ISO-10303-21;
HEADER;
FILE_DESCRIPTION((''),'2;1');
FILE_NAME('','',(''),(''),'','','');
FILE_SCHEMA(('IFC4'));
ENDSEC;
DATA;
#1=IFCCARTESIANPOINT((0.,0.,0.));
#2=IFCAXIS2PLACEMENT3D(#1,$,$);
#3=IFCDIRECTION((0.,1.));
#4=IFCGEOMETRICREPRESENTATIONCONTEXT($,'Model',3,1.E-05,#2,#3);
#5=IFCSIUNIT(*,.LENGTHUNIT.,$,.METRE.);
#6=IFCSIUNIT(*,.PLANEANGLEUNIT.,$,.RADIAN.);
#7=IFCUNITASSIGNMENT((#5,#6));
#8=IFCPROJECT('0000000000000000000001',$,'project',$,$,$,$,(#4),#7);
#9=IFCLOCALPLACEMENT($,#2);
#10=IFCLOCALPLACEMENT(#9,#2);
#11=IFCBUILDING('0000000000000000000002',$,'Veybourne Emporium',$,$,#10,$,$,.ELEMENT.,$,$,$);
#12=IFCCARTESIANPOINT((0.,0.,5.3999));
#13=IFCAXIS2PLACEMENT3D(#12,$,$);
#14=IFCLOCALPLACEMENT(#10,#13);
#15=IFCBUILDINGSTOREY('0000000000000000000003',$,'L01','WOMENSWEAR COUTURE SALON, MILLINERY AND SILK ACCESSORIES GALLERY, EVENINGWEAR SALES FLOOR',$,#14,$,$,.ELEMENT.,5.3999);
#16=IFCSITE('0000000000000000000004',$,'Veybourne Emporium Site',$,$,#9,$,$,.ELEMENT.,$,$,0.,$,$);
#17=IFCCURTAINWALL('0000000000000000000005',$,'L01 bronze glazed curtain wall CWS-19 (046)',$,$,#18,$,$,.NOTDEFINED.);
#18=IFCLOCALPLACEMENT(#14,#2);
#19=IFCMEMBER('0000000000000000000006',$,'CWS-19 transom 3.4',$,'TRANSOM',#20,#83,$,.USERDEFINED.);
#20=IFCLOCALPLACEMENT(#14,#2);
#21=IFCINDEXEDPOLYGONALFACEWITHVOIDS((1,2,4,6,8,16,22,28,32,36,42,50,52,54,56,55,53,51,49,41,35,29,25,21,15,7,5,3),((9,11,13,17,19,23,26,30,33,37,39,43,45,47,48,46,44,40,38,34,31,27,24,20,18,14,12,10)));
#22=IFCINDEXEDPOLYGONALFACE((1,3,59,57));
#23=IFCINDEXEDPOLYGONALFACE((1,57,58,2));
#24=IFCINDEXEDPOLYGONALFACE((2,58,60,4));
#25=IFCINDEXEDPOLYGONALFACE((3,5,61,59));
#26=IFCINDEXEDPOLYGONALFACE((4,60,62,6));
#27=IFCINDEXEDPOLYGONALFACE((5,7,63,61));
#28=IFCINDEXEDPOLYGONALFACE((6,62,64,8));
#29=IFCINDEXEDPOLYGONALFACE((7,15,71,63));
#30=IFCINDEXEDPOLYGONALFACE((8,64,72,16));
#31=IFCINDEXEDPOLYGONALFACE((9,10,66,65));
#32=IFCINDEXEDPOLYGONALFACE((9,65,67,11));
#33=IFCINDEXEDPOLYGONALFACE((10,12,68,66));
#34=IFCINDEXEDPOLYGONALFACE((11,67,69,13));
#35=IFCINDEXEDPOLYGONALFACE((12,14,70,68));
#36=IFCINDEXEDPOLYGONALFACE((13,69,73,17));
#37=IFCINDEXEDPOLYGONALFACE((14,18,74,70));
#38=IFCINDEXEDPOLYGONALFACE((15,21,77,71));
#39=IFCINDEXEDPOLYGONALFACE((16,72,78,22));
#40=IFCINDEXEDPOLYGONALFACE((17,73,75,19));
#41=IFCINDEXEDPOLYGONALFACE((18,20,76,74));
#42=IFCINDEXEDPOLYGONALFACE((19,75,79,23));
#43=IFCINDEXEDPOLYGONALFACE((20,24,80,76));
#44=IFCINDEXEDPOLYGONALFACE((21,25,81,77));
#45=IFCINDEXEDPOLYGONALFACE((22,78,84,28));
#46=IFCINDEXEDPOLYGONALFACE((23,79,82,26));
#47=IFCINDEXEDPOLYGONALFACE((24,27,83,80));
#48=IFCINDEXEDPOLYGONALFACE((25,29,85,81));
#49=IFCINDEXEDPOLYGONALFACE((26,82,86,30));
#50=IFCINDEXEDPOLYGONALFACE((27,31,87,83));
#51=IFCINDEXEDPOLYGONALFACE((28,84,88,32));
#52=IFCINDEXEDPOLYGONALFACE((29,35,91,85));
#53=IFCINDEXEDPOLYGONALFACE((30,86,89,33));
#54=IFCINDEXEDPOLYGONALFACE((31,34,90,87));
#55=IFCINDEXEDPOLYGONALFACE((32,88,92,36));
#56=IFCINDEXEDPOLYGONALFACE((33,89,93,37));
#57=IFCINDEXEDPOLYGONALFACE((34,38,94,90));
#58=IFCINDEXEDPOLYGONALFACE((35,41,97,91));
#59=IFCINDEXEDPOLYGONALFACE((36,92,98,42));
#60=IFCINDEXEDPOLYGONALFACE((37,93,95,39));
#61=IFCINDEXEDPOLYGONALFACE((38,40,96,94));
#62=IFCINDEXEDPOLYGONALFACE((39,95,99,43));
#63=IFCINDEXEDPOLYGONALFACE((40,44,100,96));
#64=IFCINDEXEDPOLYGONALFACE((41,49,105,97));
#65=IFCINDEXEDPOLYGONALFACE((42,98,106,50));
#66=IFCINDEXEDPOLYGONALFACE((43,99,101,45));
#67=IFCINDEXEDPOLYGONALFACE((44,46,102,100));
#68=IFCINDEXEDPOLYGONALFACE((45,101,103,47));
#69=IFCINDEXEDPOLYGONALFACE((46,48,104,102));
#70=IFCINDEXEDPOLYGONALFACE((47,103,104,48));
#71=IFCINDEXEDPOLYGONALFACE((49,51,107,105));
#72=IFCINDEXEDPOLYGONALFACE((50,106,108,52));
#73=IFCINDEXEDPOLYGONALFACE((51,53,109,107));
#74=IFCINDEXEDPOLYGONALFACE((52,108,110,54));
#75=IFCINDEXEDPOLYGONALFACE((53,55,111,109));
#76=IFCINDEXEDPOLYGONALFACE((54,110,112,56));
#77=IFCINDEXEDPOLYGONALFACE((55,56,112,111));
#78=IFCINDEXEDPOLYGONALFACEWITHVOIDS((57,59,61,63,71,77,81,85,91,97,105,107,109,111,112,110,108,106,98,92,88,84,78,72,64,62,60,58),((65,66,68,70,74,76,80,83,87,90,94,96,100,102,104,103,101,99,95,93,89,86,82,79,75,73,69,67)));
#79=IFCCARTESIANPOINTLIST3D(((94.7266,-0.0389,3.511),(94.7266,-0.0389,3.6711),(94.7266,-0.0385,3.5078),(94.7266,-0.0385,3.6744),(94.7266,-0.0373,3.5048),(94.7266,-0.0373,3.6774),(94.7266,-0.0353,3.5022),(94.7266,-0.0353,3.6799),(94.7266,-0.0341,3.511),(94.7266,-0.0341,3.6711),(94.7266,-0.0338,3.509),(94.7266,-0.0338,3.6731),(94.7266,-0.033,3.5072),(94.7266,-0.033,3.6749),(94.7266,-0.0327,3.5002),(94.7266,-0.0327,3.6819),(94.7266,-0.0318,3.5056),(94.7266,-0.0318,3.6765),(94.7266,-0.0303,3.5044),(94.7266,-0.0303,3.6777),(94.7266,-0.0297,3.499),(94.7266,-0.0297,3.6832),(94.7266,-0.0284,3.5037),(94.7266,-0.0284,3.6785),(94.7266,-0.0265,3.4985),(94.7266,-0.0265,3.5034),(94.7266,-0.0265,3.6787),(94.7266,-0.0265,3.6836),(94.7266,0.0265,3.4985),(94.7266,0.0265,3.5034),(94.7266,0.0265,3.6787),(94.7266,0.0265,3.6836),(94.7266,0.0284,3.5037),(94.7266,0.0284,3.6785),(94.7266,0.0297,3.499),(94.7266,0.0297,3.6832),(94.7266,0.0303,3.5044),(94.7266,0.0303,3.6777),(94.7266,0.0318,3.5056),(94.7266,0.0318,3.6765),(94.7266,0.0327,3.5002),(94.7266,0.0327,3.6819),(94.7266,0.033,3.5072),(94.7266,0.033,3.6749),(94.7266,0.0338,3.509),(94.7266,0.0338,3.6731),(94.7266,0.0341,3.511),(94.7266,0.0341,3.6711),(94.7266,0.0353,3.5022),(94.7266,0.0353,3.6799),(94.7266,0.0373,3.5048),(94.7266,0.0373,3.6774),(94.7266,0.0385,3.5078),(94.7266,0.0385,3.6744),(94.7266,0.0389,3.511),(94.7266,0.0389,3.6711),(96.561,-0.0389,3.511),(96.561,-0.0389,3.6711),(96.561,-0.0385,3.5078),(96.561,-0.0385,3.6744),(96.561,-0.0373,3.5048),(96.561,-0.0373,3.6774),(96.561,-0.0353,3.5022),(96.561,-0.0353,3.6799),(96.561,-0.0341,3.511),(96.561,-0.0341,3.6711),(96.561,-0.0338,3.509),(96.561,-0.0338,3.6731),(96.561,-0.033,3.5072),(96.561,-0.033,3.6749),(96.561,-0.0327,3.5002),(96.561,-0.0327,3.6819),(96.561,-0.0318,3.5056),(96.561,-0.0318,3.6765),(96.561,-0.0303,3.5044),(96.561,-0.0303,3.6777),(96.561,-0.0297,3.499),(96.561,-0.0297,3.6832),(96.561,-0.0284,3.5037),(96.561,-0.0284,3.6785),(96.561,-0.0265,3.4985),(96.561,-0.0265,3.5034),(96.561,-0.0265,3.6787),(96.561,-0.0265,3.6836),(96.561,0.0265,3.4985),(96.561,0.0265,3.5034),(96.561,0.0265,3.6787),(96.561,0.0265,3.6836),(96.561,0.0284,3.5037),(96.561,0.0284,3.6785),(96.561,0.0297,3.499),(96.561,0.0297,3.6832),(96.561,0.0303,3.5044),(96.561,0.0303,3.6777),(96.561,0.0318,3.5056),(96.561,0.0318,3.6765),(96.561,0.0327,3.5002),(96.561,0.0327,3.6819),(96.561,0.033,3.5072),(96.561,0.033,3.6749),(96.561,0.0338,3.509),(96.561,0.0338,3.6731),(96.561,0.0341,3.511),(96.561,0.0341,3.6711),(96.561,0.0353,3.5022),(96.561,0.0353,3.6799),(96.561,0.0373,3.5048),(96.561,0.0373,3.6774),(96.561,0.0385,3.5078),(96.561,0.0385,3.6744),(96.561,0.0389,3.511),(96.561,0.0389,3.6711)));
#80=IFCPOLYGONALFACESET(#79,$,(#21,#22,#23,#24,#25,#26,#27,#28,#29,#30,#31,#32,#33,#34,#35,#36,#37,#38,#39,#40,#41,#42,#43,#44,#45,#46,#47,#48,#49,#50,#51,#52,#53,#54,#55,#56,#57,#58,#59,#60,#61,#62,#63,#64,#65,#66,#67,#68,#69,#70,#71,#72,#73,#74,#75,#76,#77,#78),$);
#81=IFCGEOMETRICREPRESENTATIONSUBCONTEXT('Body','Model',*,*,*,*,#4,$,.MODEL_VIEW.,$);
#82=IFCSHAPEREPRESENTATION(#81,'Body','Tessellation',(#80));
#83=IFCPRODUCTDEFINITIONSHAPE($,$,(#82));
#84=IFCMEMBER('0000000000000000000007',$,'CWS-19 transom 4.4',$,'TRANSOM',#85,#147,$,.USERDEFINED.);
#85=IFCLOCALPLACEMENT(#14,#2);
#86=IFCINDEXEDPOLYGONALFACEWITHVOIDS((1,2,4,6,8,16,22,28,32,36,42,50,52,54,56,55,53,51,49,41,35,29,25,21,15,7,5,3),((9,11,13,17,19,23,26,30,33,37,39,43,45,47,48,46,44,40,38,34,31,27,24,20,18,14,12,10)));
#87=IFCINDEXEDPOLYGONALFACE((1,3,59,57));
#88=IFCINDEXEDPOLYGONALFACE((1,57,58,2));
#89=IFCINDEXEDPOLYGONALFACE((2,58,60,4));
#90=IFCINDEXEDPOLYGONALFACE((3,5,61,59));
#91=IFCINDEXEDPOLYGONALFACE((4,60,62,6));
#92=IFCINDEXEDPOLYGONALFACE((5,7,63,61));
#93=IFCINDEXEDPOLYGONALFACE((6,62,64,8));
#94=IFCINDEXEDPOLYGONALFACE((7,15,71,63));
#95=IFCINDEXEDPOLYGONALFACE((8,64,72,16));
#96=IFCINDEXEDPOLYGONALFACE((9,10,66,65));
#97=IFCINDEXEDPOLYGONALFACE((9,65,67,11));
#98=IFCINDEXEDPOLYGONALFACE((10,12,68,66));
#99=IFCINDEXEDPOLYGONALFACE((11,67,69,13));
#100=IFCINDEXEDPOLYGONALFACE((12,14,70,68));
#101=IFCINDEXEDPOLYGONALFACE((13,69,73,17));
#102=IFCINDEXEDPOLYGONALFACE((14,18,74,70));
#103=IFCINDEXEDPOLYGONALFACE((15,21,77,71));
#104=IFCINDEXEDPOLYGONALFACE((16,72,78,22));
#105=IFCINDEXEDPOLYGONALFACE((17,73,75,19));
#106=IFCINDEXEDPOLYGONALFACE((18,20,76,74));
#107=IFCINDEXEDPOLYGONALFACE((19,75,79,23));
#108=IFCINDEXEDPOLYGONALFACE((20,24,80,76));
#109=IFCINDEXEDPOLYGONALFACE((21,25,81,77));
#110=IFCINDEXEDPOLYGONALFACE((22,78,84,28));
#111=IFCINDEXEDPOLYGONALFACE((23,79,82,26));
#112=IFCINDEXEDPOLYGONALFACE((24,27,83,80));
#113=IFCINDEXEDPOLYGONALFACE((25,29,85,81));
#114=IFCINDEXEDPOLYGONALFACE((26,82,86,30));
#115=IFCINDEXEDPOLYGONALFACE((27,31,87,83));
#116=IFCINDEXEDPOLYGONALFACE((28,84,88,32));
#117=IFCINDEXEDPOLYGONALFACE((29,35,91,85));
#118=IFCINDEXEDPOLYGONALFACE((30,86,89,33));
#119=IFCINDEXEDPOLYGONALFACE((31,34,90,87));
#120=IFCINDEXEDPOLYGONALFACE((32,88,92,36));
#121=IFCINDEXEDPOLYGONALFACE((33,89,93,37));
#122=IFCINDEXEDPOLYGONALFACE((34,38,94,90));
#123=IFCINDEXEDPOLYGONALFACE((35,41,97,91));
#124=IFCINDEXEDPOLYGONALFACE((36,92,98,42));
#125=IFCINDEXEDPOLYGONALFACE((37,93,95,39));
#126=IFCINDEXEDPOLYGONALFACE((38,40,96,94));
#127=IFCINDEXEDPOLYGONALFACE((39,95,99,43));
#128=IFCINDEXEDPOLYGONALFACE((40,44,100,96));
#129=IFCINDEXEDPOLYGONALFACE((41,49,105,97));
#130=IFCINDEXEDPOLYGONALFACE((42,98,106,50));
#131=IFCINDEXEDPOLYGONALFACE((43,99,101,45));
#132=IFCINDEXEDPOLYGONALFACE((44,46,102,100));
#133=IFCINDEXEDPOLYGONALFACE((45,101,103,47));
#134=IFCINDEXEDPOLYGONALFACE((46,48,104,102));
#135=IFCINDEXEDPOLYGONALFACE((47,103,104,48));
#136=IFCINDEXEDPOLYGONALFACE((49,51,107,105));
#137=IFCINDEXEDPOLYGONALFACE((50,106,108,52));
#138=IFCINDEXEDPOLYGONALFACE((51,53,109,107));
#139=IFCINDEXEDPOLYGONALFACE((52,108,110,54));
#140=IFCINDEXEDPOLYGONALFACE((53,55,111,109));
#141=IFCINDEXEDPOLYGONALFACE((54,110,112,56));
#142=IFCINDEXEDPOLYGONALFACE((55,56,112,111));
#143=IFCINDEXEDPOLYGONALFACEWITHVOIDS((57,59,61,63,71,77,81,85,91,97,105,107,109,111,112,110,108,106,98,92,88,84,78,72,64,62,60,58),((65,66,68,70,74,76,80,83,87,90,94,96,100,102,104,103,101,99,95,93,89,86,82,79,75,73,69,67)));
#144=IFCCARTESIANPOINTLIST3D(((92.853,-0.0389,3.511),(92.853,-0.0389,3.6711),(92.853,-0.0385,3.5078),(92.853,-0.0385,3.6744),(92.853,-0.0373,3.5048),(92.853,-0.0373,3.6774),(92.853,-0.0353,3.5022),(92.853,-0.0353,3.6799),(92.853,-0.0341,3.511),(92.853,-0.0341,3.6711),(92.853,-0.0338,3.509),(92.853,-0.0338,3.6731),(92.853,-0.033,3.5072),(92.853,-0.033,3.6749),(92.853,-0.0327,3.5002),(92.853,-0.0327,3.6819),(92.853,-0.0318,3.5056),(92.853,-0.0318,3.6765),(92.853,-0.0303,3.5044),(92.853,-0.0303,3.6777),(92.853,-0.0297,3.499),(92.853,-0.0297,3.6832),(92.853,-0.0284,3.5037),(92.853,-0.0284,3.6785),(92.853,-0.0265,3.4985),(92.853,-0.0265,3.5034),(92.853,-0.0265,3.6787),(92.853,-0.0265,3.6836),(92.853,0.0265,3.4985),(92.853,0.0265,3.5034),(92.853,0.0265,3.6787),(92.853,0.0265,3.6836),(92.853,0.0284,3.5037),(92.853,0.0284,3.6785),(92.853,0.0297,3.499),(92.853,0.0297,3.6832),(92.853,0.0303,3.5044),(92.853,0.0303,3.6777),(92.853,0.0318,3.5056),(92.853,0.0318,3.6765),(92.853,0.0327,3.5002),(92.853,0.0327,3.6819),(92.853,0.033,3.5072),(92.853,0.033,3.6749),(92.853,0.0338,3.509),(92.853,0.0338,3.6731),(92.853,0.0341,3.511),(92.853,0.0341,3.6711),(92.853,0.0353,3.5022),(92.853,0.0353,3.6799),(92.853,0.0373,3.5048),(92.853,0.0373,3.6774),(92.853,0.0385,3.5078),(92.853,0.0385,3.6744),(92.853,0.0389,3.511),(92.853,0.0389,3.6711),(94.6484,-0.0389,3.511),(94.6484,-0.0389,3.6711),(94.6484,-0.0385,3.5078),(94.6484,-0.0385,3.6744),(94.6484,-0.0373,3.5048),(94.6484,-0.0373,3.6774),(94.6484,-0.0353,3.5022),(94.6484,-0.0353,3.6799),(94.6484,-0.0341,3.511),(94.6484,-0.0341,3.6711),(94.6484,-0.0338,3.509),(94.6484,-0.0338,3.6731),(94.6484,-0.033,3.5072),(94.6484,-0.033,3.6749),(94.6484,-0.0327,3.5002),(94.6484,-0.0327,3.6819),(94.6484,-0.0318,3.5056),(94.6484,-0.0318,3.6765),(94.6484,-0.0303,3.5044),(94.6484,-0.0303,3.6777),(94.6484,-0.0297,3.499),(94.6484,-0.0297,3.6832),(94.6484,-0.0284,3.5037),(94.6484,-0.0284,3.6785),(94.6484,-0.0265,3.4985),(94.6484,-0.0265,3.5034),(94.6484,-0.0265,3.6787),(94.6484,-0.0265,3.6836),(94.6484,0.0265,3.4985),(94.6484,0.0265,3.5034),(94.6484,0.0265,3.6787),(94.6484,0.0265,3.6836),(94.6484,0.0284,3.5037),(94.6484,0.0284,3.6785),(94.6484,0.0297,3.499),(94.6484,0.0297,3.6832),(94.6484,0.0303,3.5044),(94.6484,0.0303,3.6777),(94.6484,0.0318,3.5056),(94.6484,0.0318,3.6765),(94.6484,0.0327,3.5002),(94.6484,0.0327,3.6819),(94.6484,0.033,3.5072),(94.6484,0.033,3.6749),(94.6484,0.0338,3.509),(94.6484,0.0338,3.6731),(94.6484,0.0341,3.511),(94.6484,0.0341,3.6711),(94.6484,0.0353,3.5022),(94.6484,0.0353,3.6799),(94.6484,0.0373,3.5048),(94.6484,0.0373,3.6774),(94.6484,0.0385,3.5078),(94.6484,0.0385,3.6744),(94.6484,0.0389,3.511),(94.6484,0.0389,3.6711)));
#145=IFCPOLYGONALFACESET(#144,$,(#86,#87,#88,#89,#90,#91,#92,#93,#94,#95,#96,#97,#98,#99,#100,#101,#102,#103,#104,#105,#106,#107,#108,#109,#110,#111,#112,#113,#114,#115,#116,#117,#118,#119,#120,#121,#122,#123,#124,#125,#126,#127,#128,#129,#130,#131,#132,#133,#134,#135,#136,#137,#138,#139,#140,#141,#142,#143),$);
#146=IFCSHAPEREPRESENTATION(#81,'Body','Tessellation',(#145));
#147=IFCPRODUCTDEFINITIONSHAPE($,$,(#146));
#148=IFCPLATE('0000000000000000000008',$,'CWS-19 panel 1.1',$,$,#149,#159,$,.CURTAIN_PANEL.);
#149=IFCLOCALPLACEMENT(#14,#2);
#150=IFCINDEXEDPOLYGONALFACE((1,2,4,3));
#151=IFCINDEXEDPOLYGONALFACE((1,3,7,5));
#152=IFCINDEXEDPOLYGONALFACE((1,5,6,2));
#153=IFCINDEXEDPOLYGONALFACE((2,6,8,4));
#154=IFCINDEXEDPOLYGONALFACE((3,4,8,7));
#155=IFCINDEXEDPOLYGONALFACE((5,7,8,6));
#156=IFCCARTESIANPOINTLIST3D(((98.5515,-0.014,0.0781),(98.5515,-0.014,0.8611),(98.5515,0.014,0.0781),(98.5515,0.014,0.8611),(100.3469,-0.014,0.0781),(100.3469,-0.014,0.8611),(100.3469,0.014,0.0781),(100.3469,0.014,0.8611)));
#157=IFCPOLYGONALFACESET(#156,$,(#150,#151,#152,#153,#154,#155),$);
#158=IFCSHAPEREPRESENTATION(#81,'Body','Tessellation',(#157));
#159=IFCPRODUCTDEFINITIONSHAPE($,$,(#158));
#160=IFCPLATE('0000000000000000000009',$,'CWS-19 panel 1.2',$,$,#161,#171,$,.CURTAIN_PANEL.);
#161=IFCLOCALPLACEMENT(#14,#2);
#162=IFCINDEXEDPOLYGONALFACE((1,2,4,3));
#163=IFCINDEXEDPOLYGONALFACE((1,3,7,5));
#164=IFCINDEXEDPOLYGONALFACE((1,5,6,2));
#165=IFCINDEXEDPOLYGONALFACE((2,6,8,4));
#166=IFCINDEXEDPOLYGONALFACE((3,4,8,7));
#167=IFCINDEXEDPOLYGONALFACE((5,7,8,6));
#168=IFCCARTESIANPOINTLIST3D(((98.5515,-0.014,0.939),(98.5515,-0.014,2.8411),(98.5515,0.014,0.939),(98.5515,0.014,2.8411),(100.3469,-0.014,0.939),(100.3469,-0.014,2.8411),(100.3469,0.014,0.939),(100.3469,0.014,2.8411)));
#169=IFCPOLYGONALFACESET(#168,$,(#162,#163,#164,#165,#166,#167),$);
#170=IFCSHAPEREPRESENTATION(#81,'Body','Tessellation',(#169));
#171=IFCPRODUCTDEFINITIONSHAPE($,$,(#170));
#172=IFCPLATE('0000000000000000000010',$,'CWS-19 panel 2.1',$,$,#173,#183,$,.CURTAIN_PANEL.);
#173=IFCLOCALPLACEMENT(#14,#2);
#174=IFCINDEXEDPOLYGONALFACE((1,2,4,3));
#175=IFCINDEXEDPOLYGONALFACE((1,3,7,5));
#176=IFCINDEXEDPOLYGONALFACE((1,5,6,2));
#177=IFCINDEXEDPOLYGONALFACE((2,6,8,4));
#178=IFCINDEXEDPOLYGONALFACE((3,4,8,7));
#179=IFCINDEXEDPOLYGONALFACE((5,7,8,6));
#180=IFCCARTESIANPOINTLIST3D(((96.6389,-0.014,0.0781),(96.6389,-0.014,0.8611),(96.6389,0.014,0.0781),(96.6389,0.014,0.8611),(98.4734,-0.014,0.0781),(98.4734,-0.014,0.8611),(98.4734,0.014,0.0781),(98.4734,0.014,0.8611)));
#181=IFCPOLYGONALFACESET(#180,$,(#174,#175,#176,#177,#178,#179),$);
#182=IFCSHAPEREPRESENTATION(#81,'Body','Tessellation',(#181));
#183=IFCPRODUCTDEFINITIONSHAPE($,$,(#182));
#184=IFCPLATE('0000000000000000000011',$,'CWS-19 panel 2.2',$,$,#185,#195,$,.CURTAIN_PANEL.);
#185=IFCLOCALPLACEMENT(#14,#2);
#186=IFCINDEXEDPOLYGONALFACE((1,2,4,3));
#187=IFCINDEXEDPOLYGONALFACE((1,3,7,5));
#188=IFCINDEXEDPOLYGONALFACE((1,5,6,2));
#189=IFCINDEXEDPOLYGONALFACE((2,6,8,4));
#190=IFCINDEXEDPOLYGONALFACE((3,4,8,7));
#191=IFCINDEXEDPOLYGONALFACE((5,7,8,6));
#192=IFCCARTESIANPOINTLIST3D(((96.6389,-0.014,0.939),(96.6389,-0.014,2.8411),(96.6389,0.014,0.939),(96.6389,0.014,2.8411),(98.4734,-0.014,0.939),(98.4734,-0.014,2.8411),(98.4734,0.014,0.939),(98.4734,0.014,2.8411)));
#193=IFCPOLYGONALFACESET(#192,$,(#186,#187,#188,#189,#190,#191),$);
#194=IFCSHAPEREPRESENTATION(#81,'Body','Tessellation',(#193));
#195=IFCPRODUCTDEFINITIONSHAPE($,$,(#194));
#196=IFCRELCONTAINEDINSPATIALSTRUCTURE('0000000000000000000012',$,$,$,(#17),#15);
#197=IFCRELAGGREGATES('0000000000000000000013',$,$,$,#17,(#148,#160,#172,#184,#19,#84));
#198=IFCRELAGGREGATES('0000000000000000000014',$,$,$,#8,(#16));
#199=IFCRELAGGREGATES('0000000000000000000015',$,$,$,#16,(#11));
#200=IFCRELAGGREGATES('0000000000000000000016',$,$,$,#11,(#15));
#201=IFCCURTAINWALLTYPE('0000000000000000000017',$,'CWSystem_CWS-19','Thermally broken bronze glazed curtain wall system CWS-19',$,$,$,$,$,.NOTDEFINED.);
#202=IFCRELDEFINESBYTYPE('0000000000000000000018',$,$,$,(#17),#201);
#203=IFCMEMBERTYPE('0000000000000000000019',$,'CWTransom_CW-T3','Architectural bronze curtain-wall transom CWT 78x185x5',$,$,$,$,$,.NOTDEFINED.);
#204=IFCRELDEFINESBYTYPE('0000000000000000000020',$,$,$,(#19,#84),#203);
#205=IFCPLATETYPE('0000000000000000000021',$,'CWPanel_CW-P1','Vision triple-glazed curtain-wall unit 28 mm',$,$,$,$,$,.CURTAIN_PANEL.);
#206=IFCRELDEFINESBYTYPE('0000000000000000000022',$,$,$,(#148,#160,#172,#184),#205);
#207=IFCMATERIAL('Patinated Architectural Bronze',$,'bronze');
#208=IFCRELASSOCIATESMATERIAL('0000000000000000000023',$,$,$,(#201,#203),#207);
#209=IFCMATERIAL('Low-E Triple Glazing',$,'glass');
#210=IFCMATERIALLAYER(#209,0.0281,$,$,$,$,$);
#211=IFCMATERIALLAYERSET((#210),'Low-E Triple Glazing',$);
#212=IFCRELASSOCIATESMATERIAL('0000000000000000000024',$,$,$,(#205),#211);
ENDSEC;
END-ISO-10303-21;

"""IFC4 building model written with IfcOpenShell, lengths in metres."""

from ifc_helpers import new_model, si_unit, direction, frame, origin, origin_2d, place, context, subcontext, project, spatial, rectangle, hollow_rectangle, extrude, material, layer, layer_set, material_profile, profile_set, type_object, element, aggregate, save


model = new_model("IFC4")

# Units and contexts
model_context = context("Model", 3, precision=1e-05, world=origin(), true_north=direction((0.0, 1.0)))
body_context = subcontext(model_context, "Body", "Model", "MODEL_VIEW")
ifc_project = project(units=[si_unit("LENGTHUNIT", "METRE"), si_unit("PLANEANGLEUNIT", "RADIAN")], contexts=[model_context])

# Site, building, storey
site_placement = place(None, origin())
site = spatial("IfcSite", under=ifc_project, at=site_placement, Name="Veybourne Emporium Site", CompositionType="ELEMENT", RefElevation=0.0)
building_placement = place(site_placement, origin())
building = spatial("IfcBuilding", under=site, at=building_placement, Name="Veybourne Emporium", CompositionType="ELEMENT")
storey_placement = place(building_placement, frame((0.0, 0.0, 5.3999)))
storey = spatial("IfcBuildingStorey", under=building, at=storey_placement, Name="L01", Description="WOMENSWEAR COUTURE SALON, MILLINERY AND SILK ACCESSORIES GALLERY, EVENINGWEAR SALES FLOOR", CompositionType="ELEMENT", Elevation=5.3999)

# Curtain wall, members, plates
ifc_material_1 = material(Name="Patinated Architectural Bronze", Category="bronze")
curtain_wall_type = type_object("IfcCurtainWallType", Name="CWSystem_CWS-19", Description="Thermally broken bronze glazed curtain wall system CWS-19", PredefinedType="NOTDEFINED", material=ifc_material_1)
curtain_wall_placement = place(storey_placement, origin())
curtain_wall = element("IfcCurtainWall", 1, at=curtain_wall_placement, inside=storey, type_object=curtain_wall_type, Name="L01 bronze glazed curtain wall CWS-19 (046)", PredefinedType="NOTDEFINED")
ifc_material_profile_1 = material_profile(ifc_material_1, hollow_rectangle(XDim=0.0779, YDim=0.1851, WallThickness=0.0049, InnerFilletRadius=0.0076, OuterFilletRadius=0.0125, at=origin_2d()), Name="CWT 78x185x5")
ifc_profile_set_1 = profile_set([ifc_material_profile_1], Name="Patinated Architectural Bronze")
member_type_1 = type_object("IfcMemberType", Name="CWTransom_CW-T3", Description="Architectural bronze curtain-wall transom CWT 78x185x5", PredefinedType="NOTDEFINED", material=ifc_profile_set_1)
member_1_placement = place(storey_placement, frame((96.561, 0.0, 3.5911), z_axis=(-1.0, 0.0, 0.0), x_axis=(0.0, -1.0, 0.0)))
member_1 = element("IfcMember", 2, at=member_1_placement, type_object=member_type_1, Name="CWS-19 transom 3.4", ObjectType="TRANSOM", PredefinedType="USERDEFINED", context=body_context, shape_type="SweptSolid", body=[
    extrude(hollow_rectangle(XDim=0.0779, YDim=0.1851, WallThickness=0.0049, InnerFilletRadius=0.0076, OuterFilletRadius=0.0125, at=origin_2d()), origin(), (0.0, 0.0, 1.0), 1.8345),
])
member_2_placement = place(storey_placement, frame((94.6484, 0.0, 3.5911), z_axis=(-1.0, 0.0, 0.0), x_axis=(0.0, -1.0, 0.0)))
member_2 = element("IfcMember", 3, at=member_2_placement, type_object=member_type_1, Name="CWS-19 transom 4.4", ObjectType="TRANSOM", PredefinedType="USERDEFINED", context=body_context, shape_type="SweptSolid", body=[
    extrude(hollow_rectangle(XDim=0.0779, YDim=0.1851, WallThickness=0.0049, InnerFilletRadius=0.0076, OuterFilletRadius=0.0125, at=origin_2d()), origin(), (0.0, 0.0, 1.0), 1.7954),
])
ifc_material_2 = material(Name="Low-E Triple Glazing", Category="glass")
ifc_layer_1 = layer(ifc_material_2, 0.0281)
ifc_layer_set_1 = layer_set([ifc_layer_1], Name="Low-E Triple Glazing")
plate_type = type_object("IfcPlateType", Name="CWPanel_CW-P1", Description="Vision triple-glazed curtain-wall unit 28 mm", PredefinedType="CURTAIN_PANEL", material=ifc_layer_set_1)
plate_1_placement = place(storey_placement, frame((99.4492, 0.0, 0.0781), z_axis=(0.0, 0.0, 1.0), x_axis=(-1.0, 0.0, 0.0)))
plate_1 = element("IfcPlate", 4, at=plate_1_placement, type_object=plate_type, Name="CWS-19 panel 1.1", PredefinedType="CURTAIN_PANEL", context=body_context, shape_type="SweptSolid", body=[
    extrude(rectangle(XDim=1.7954, YDim=0.0281, at=origin_2d()), origin(), (0.0, 0.0, 1.0), 0.783),
])
plate_2_placement = place(storey_placement, frame((99.4492, 0.0, 0.939), z_axis=(0.0, 0.0, 1.0), x_axis=(-1.0, 0.0, 0.0)))
plate_2 = element("IfcPlate", 5, at=plate_2_placement, type_object=plate_type, Name="CWS-19 panel 1.2", PredefinedType="CURTAIN_PANEL", context=body_context, shape_type="SweptSolid", body=[
    extrude(rectangle(XDim=1.7954, YDim=0.0281, at=origin_2d()), origin(), (0.0, 0.0, 1.0), 1.9021),
])
plate_3_placement = place(storey_placement, frame((97.5562, 0.0, 0.0781), z_axis=(0.0, 0.0, 1.0), x_axis=(-1.0, 0.0, 0.0)))
plate_3 = element("IfcPlate", 6, at=plate_3_placement, type_object=plate_type, Name="CWS-19 panel 2.1", PredefinedType="CURTAIN_PANEL", context=body_context, shape_type="SweptSolid", body=[
    extrude(rectangle(XDim=1.8345, YDim=0.0281, at=origin_2d()), origin(), (0.0, 0.0, 1.0), 0.783),
])
plate_4_placement = place(storey_placement, frame((97.5562, 0.0, 0.939), z_axis=(0.0, 0.0, 1.0), x_axis=(-1.0, 0.0, 0.0)))
plate_4 = element("IfcPlate", 7, at=plate_4_placement, type_object=plate_type, Name="CWS-19 panel 2.2", PredefinedType="CURTAIN_PANEL", context=body_context, shape_type="SweptSolid", body=[
    extrude(rectangle(XDim=1.8345, YDim=0.0281, at=origin_2d()), origin(), (0.0, 0.0, 1.0), 1.9021),
])
aggregate(curtain_wall, [plate_1, plate_2, plate_3, plate_4, member_1, member_2])

save(model, "model.ifc")
